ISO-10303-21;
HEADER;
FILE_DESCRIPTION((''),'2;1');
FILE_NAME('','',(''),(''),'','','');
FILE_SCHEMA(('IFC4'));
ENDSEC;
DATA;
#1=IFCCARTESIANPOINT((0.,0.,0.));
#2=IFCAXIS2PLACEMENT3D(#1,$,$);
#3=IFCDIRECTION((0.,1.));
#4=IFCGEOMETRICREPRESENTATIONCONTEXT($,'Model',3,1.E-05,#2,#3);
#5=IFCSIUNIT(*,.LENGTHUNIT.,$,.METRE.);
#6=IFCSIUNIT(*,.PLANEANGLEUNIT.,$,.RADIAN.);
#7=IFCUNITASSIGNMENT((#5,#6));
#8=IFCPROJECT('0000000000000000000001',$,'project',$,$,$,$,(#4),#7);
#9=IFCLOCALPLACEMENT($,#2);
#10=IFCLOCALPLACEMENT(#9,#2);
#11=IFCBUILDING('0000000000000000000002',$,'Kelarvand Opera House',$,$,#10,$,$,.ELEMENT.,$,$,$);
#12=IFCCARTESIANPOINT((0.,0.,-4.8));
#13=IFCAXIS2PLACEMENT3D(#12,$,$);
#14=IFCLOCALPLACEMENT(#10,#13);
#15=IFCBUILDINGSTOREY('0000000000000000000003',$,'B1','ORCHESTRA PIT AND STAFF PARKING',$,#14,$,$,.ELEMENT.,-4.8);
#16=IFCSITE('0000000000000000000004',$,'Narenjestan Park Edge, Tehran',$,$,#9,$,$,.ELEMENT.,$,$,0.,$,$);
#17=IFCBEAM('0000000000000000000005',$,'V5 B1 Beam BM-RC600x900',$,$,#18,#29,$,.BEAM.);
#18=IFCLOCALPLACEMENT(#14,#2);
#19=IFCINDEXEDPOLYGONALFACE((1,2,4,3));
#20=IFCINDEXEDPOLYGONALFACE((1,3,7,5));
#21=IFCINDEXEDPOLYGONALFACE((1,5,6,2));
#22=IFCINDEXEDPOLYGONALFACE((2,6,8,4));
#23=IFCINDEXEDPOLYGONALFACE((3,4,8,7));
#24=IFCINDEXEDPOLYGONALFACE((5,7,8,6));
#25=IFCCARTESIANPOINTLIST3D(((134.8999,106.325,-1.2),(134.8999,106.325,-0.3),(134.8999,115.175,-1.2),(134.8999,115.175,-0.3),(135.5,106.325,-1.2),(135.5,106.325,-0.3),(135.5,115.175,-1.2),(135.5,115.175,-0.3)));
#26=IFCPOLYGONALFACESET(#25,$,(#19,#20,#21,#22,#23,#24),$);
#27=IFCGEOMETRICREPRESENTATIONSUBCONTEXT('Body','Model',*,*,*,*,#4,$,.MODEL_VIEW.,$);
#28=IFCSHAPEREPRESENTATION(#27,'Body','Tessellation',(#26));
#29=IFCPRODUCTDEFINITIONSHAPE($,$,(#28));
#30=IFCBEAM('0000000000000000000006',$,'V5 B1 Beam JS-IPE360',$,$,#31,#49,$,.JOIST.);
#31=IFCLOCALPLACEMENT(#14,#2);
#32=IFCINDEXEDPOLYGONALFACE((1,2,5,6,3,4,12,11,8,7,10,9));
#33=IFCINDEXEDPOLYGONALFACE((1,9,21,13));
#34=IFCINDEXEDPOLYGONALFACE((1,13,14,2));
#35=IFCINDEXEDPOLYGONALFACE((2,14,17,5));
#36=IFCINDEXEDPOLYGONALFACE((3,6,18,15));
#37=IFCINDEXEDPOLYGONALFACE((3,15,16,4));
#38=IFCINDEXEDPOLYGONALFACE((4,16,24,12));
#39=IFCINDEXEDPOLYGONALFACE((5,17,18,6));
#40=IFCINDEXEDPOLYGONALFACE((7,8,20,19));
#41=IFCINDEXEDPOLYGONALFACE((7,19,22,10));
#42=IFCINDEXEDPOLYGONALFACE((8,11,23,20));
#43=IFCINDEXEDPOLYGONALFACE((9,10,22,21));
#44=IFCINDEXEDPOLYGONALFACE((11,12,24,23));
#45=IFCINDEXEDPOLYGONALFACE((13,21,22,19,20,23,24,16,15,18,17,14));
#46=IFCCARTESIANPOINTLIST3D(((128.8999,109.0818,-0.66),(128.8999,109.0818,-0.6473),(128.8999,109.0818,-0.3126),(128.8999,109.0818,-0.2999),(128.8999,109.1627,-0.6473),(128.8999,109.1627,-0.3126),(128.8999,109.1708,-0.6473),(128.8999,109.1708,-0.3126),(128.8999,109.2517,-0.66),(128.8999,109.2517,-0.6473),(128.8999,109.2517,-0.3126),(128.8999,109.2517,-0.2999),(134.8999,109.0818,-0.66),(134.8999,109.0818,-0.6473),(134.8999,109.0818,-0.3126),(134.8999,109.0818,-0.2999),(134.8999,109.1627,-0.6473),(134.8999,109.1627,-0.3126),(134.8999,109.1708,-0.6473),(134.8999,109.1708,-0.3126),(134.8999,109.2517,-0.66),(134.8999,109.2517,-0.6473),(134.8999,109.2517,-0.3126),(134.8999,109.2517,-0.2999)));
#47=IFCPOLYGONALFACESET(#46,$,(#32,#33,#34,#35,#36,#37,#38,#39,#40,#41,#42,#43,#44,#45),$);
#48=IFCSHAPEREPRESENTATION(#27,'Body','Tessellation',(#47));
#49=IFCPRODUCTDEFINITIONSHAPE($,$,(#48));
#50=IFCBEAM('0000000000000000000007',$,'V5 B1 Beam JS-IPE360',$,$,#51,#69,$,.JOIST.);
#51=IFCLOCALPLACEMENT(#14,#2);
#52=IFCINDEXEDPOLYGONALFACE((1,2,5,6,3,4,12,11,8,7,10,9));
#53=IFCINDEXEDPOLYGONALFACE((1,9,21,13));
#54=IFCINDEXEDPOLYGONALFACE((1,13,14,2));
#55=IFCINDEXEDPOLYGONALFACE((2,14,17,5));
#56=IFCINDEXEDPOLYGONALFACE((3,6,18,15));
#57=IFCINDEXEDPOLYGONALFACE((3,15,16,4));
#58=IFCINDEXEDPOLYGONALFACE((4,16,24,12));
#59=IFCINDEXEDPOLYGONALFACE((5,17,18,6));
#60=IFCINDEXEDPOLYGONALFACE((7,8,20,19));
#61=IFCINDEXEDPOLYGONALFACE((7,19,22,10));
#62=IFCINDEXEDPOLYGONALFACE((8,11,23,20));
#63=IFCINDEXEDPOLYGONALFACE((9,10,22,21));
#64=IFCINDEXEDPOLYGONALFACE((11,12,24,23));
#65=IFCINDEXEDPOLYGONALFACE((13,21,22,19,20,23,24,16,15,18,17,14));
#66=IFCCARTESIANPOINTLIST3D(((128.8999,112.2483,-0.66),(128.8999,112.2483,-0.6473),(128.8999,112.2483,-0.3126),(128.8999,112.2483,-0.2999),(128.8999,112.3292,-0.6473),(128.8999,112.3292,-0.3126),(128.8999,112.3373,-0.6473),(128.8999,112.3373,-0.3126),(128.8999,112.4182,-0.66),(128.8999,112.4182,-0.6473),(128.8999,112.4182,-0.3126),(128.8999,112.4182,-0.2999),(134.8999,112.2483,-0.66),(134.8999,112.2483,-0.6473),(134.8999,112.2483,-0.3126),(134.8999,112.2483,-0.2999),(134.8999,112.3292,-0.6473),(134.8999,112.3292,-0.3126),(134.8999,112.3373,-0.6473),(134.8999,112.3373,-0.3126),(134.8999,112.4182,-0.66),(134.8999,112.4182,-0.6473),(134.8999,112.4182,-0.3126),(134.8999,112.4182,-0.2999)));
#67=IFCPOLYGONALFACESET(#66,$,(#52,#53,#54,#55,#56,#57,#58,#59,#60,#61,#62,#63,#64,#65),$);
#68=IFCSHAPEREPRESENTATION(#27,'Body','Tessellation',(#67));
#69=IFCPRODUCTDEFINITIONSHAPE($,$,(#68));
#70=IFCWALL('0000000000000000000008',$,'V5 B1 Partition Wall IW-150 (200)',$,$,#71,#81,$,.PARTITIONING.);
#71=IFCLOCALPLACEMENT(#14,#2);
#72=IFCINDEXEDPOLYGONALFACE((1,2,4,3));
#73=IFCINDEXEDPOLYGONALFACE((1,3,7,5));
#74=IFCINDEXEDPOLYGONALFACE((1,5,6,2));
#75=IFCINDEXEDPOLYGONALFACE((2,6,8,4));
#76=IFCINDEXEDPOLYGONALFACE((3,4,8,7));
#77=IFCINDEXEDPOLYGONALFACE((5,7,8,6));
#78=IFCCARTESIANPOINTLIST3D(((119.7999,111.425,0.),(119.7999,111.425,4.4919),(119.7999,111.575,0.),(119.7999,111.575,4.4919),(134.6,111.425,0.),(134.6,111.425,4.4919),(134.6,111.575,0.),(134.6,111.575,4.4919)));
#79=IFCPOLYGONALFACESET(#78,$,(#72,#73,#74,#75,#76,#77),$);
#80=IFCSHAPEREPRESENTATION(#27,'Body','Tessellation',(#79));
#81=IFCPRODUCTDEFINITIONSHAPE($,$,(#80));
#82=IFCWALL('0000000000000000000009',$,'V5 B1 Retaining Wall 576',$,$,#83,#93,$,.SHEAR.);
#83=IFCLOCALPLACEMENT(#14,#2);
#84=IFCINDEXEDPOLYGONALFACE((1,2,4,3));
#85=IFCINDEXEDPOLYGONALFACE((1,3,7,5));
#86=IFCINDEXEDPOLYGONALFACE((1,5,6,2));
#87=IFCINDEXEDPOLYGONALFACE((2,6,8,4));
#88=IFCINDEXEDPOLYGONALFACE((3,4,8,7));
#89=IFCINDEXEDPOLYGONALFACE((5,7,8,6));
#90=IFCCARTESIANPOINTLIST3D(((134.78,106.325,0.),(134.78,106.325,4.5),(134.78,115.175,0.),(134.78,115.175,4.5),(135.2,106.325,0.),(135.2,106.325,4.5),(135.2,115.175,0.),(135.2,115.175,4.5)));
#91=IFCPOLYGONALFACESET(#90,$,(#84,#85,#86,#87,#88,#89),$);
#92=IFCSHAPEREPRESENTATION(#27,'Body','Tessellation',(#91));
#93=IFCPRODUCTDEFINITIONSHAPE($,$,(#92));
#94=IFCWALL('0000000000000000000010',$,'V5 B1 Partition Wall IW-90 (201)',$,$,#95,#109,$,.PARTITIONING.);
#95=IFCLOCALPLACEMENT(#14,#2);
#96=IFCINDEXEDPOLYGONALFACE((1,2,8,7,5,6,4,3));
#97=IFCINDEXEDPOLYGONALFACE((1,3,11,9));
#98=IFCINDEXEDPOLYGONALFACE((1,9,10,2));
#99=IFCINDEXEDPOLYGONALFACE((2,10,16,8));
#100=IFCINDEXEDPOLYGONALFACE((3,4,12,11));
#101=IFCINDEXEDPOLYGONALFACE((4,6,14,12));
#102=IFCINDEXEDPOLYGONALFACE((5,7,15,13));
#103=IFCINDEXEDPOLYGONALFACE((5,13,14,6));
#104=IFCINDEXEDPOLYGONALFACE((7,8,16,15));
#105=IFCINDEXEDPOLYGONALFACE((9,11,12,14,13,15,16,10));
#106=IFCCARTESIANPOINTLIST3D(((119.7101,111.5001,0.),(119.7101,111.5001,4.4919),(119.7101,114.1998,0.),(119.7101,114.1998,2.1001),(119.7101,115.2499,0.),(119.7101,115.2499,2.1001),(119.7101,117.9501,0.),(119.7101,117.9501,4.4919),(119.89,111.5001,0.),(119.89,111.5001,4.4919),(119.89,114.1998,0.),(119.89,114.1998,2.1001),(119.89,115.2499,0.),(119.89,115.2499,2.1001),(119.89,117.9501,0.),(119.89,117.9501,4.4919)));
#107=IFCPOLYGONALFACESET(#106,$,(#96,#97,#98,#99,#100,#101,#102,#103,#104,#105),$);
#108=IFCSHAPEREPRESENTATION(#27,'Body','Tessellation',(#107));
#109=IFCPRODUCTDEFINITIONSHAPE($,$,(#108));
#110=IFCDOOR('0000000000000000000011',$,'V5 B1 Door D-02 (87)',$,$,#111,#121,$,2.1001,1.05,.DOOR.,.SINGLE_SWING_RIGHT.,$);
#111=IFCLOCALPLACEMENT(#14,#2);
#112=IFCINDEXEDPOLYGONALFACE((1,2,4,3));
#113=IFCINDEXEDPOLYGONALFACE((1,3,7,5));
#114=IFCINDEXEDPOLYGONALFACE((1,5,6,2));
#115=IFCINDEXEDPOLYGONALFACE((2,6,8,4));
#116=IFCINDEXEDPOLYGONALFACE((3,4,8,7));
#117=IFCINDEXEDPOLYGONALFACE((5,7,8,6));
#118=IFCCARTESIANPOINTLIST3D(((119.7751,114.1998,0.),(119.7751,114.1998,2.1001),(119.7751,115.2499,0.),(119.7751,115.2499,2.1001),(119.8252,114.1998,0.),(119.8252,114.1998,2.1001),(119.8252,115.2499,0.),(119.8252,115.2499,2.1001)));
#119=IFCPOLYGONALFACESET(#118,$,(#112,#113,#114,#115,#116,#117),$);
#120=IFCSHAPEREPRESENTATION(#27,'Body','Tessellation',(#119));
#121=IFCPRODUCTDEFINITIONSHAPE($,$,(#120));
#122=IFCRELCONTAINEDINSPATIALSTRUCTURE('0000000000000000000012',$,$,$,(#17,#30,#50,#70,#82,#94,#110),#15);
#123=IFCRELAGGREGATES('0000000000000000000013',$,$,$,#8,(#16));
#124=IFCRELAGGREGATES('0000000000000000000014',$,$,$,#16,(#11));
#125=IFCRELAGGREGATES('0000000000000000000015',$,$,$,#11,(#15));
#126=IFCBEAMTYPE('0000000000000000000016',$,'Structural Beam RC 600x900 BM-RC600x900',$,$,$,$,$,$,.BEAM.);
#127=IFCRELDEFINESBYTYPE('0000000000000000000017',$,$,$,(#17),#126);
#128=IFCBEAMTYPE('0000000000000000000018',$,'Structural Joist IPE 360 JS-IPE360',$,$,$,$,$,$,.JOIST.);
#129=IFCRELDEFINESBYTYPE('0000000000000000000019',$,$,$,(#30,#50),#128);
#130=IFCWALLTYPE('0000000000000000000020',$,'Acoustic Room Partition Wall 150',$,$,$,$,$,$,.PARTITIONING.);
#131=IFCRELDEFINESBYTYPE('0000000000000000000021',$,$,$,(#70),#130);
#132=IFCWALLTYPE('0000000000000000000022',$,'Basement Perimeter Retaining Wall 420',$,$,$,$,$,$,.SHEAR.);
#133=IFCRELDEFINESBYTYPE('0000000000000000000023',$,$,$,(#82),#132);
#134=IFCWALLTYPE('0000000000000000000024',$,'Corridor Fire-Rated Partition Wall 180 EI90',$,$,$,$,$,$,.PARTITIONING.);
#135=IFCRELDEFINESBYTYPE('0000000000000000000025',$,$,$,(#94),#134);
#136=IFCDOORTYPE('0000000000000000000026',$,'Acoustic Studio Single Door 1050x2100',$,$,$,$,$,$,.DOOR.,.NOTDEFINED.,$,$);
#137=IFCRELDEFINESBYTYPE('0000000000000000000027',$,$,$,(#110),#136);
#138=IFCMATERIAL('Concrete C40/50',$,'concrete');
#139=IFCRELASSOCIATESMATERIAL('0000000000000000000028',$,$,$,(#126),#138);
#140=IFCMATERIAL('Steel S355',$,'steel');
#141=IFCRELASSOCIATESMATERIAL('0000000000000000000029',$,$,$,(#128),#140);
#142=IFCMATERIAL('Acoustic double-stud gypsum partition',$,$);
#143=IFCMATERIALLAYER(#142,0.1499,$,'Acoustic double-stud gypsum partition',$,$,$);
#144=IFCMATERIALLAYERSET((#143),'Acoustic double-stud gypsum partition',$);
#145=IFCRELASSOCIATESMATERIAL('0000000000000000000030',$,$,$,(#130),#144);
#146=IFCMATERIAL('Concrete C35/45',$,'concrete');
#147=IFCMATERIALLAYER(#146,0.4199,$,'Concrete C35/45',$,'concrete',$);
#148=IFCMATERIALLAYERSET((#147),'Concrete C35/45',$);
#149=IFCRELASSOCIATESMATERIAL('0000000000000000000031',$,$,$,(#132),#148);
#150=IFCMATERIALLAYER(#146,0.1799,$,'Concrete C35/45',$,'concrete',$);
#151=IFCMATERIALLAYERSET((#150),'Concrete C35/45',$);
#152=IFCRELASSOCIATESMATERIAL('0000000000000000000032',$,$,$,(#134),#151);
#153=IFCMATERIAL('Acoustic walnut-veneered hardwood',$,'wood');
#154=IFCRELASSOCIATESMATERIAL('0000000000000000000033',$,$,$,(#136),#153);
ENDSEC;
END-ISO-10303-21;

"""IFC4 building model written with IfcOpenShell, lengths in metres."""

from ifc_helpers import new_model, si_unit, direction, frame, frame_2d, origin, origin_2d, place, context, subcontext, project, spatial, rectangle, i_section, extrude, material, layer, layer_set, material_profile, profile_set, type_object, element, fill, save


model = new_model("IFC4")

# Units and contexts
model_context = context("Model", 3, precision=1e-05, world=origin(), true_north=direction((0.0, 1.0)))
body_context = subcontext(model_context, "Body", "Model", "MODEL_VIEW")
ifc_project = project(units=[si_unit("LENGTHUNIT", "METRE"), si_unit("PLANEANGLEUNIT", "RADIAN")], contexts=[model_context])

# Site, building, storey
site_placement = place(None, origin())
site = spatial("IfcSite", under=ifc_project, at=site_placement, Name="Narenjestan Park Edge, Tehran", CompositionType="ELEMENT", RefElevation=0.0)
building_placement = place(site_placement, origin())
building = spatial("IfcBuilding", under=site, at=building_placement, Name="Kelarvand Opera House", CompositionType="ELEMENT")
storey_placement = place(building_placement, frame((0.0, 0.0, -4.8)))
storey = spatial("IfcBuildingStorey", under=building, at=storey_placement, Name="B1", Description="ORCHESTRA PIT AND STAFF PARKING", CompositionType="ELEMENT", Elevation=-4.8)

# Shared definitions
ifc_material_1 = material(Name="Concrete C40/50", Category="concrete")

# Beams
ifc_material_2 = material(Name="Concrete C35/45", Category="concrete")
ifc_material_profile_1 = material_profile(ifc_material_1, rectangle(XDim=0.6001, YDim=0.8999, at=origin_2d()), Name="RC 600x900", Category="concrete")
ifc_profile_set_1 = profile_set([ifc_material_profile_1], Name="Concrete C40/50")
beam_type_1 = type_object("IfcBeamType", Name="Structural Beam RC 600x900 BM-RC600x900", PredefinedType="BEAM", material=ifc_profile_set_1)
for number, where, z_axis, x_axis, name in (
    (1, (135.2, 106.325, -0.75), (0.0, 1.0, 0.0), (-1.0, 0.0, 0.0), "V5 B1 Beam BM-RC600x900"),
):
    element("IfcBeam", number, at=place(storey_placement, frame(where, z_axis=z_axis, x_axis=x_axis)), inside=storey, type_object=beam_type_1, Name=name, PredefinedType="BEAM", context=body_context, shape_type="SweptSolid", body=[
        extrude(rectangle(XDim=0.6001, YDim=0.8999, at=origin_2d()), origin(), (0.0, 0.0, 1.0), 8.8501),
    ])
ifc_material_3 = material(Name="Steel S355", Category="steel")
ifc_material_profile_2 = material_profile(ifc_material_3, i_section(OverallWidth=0.1699, OverallDepth=0.3601, WebThickness=0.0081, FlangeThickness=0.0127, at=origin_2d()), Name="IPE 360", Category="steel")
ifc_profile_set_2 = profile_set([ifc_material_profile_2], Name="Steel S355")
beam_type_2 = type_object("IfcBeamType", Name="Structural Joist IPE 360 JS-IPE360", PredefinedType="JOIST", material=ifc_profile_set_2)
for number, where, z_axis, x_axis, name in (
    (2, (128.8999, 109.1667, -0.48), (1.0, 0.0, 0.0), (0.0, 1.0, 0.0), "V5 B1 Beam JS-IPE360"),
    (3, (128.8999, 112.3333, -0.48), (1.0, 0.0, 0.0), (0.0, 1.0, 0.0), "V5 B1 Beam JS-IPE360"),
):
    element("IfcBeam", number, at=place(storey_placement, frame(where, z_axis=z_axis, x_axis=x_axis)), inside=storey, type_object=beam_type_2, Name=name, PredefinedType="JOIST", context=body_context, shape_type="SweptSolid", body=[
        extrude(i_section(OverallWidth=0.1699, OverallDepth=0.3601, WebThickness=0.0081, FlangeThickness=0.0127, at=origin_2d()), origin(), (0.0, 0.0, 1.0), 6.0),
    ])

# Walls
ifc_material_4 = material(Name="Acoustic double-stud gypsum partition")
ifc_layer_1 = layer(ifc_material_4, 0.1499, Name="Acoustic double-stud gypsum partition")
ifc_layer_set_1 = layer_set([ifc_layer_1], Name="Acoustic double-stud gypsum partition")
wall_type_1 = type_object("IfcWallType", Name="Acoustic Room Partition Wall 150", PredefinedType="PARTITIONING", material=ifc_layer_set_1)
wall_1_placement = place(storey_placement, frame((119.8, 111.5, 0.0), z_axis=(0.0, 0.0, 1.0), x_axis=(1.0, 0.0, 0.0)))
element("IfcWall", 4, at=wall_1_placement, inside=storey, type_object=wall_type_1, Name="V5 B1 Partition Wall IW-150 (200)", PredefinedType="PARTITIONING", context=body_context, shape_type="SweptSolid", body=[
    extrude(rectangle(XDim=14.8, YDim=0.1499, at=frame_2d((7.3999, 0.0))), origin(), (0.0, 0.0, 1.0), 4.4919),
])
ifc_layer_2 = layer(ifc_material_2, 0.4199, Name="Concrete C35/45", Category="concrete")
ifc_layer_set_2 = layer_set([ifc_layer_2], Name="Concrete C35/45")
wall_type_2 = type_object("IfcWallType", Name="Basement Perimeter Retaining Wall 420", PredefinedType="SHEAR", material=ifc_layer_set_2)
wall_2_placement = place(storey_placement, frame((134.99, 115.175, 0.0), z_axis=(0.0, 0.0, 1.0), x_axis=(0.0, -1.0, 0.0)))
element("IfcWall", 5, at=wall_2_placement, inside=storey, type_object=wall_type_2, Name="V5 B1 Retaining Wall 576", PredefinedType="SHEAR", context=body_context, shape_type="SweptSolid", body=[
    extrude(rectangle(XDim=8.8501, YDim=0.4199, at=frame_2d((4.425, 0.0))), origin(), (0.0, 0.0, 1.0), 4.5),
])

# Wall, opening, door
ifc_layer_3 = layer(ifc_material_2, 0.1799, Name="Concrete C35/45", Category="concrete")
ifc_layer_set_3 = layer_set([ifc_layer_3], Name="Concrete C35/45")
wall_type_3 = type_object("IfcWallType", Name="Corridor Fire-Rated Partition Wall 180 EI90", PredefinedType="PARTITIONING", material=ifc_layer_set_3)
wall_3_placement = place(storey_placement, frame((119.8, 111.5, 0.0), z_axis=(0.0, 0.0, 1.0), x_axis=(0.0, 1.0, 0.0)))
wall_3 = element("IfcWall", 6, at=wall_3_placement, inside=storey, type_object=wall_type_3, Name="V5 B1 Partition Wall IW-90 (201)", PredefinedType="PARTITIONING", context=body_context, shape_type="SweptSolid", body=[
    extrude(rectangle(XDim=6.45, YDim=0.1799, at=frame_2d((3.2251, 0.0))), origin(), (0.0, 0.0, 1.0), 4.4919),
])
opening_placement = place(wall_3_placement, frame((2.7, 0.0, 0.0)))
opening = element("IfcOpeningElement", 7, at=opening_placement, cuts=wall_3, PredefinedType="OPENING", context=body_context, shape_type="SweptSolid", body=[
    extrude(rectangle(XDim=1.05, YDim=2.1001, at=frame_2d((0.5249, 1.05))), frame((0.0, 0.1001, 0.0), z_axis=(0.0, -1.0, 0.0), x_axis=(1.0, 0.0, 0.0)), (0.0, 0.0, 1.0), 0.2),
])
ifc_material_5 = material(Name="Acoustic walnut-veneered hardwood", Category="wood")
door_type = type_object("IfcDoorType", Name="Acoustic Studio Single Door 1050x2100", OperationType="NOTDEFINED", PredefinedType="DOOR", material=ifc_material_5)
door_placement = place(opening_placement, origin())
door = element("IfcDoor", 8, at=door_placement, inside=storey, type_object=door_type, Name="V5 B1 Door D-02 (87)", OperationType="SINGLE_SWING_RIGHT", OverallHeight=2.1001, OverallWidth=1.05, PredefinedType="DOOR", context=body_context, shape_type="SweptSolid", body=[
    extrude(rectangle(XDim=1.05, YDim=2.1001, at=frame_2d((0.5249, 1.05))), frame((0.0, 0.0249, 0.0), z_axis=(0.0, -1.0, 0.0), x_axis=(1.0, 0.0, 0.0)), (0.0, 0.0, 1.0), 0.05),
])
fill(opening, door)

save(model, "model.ifc")
